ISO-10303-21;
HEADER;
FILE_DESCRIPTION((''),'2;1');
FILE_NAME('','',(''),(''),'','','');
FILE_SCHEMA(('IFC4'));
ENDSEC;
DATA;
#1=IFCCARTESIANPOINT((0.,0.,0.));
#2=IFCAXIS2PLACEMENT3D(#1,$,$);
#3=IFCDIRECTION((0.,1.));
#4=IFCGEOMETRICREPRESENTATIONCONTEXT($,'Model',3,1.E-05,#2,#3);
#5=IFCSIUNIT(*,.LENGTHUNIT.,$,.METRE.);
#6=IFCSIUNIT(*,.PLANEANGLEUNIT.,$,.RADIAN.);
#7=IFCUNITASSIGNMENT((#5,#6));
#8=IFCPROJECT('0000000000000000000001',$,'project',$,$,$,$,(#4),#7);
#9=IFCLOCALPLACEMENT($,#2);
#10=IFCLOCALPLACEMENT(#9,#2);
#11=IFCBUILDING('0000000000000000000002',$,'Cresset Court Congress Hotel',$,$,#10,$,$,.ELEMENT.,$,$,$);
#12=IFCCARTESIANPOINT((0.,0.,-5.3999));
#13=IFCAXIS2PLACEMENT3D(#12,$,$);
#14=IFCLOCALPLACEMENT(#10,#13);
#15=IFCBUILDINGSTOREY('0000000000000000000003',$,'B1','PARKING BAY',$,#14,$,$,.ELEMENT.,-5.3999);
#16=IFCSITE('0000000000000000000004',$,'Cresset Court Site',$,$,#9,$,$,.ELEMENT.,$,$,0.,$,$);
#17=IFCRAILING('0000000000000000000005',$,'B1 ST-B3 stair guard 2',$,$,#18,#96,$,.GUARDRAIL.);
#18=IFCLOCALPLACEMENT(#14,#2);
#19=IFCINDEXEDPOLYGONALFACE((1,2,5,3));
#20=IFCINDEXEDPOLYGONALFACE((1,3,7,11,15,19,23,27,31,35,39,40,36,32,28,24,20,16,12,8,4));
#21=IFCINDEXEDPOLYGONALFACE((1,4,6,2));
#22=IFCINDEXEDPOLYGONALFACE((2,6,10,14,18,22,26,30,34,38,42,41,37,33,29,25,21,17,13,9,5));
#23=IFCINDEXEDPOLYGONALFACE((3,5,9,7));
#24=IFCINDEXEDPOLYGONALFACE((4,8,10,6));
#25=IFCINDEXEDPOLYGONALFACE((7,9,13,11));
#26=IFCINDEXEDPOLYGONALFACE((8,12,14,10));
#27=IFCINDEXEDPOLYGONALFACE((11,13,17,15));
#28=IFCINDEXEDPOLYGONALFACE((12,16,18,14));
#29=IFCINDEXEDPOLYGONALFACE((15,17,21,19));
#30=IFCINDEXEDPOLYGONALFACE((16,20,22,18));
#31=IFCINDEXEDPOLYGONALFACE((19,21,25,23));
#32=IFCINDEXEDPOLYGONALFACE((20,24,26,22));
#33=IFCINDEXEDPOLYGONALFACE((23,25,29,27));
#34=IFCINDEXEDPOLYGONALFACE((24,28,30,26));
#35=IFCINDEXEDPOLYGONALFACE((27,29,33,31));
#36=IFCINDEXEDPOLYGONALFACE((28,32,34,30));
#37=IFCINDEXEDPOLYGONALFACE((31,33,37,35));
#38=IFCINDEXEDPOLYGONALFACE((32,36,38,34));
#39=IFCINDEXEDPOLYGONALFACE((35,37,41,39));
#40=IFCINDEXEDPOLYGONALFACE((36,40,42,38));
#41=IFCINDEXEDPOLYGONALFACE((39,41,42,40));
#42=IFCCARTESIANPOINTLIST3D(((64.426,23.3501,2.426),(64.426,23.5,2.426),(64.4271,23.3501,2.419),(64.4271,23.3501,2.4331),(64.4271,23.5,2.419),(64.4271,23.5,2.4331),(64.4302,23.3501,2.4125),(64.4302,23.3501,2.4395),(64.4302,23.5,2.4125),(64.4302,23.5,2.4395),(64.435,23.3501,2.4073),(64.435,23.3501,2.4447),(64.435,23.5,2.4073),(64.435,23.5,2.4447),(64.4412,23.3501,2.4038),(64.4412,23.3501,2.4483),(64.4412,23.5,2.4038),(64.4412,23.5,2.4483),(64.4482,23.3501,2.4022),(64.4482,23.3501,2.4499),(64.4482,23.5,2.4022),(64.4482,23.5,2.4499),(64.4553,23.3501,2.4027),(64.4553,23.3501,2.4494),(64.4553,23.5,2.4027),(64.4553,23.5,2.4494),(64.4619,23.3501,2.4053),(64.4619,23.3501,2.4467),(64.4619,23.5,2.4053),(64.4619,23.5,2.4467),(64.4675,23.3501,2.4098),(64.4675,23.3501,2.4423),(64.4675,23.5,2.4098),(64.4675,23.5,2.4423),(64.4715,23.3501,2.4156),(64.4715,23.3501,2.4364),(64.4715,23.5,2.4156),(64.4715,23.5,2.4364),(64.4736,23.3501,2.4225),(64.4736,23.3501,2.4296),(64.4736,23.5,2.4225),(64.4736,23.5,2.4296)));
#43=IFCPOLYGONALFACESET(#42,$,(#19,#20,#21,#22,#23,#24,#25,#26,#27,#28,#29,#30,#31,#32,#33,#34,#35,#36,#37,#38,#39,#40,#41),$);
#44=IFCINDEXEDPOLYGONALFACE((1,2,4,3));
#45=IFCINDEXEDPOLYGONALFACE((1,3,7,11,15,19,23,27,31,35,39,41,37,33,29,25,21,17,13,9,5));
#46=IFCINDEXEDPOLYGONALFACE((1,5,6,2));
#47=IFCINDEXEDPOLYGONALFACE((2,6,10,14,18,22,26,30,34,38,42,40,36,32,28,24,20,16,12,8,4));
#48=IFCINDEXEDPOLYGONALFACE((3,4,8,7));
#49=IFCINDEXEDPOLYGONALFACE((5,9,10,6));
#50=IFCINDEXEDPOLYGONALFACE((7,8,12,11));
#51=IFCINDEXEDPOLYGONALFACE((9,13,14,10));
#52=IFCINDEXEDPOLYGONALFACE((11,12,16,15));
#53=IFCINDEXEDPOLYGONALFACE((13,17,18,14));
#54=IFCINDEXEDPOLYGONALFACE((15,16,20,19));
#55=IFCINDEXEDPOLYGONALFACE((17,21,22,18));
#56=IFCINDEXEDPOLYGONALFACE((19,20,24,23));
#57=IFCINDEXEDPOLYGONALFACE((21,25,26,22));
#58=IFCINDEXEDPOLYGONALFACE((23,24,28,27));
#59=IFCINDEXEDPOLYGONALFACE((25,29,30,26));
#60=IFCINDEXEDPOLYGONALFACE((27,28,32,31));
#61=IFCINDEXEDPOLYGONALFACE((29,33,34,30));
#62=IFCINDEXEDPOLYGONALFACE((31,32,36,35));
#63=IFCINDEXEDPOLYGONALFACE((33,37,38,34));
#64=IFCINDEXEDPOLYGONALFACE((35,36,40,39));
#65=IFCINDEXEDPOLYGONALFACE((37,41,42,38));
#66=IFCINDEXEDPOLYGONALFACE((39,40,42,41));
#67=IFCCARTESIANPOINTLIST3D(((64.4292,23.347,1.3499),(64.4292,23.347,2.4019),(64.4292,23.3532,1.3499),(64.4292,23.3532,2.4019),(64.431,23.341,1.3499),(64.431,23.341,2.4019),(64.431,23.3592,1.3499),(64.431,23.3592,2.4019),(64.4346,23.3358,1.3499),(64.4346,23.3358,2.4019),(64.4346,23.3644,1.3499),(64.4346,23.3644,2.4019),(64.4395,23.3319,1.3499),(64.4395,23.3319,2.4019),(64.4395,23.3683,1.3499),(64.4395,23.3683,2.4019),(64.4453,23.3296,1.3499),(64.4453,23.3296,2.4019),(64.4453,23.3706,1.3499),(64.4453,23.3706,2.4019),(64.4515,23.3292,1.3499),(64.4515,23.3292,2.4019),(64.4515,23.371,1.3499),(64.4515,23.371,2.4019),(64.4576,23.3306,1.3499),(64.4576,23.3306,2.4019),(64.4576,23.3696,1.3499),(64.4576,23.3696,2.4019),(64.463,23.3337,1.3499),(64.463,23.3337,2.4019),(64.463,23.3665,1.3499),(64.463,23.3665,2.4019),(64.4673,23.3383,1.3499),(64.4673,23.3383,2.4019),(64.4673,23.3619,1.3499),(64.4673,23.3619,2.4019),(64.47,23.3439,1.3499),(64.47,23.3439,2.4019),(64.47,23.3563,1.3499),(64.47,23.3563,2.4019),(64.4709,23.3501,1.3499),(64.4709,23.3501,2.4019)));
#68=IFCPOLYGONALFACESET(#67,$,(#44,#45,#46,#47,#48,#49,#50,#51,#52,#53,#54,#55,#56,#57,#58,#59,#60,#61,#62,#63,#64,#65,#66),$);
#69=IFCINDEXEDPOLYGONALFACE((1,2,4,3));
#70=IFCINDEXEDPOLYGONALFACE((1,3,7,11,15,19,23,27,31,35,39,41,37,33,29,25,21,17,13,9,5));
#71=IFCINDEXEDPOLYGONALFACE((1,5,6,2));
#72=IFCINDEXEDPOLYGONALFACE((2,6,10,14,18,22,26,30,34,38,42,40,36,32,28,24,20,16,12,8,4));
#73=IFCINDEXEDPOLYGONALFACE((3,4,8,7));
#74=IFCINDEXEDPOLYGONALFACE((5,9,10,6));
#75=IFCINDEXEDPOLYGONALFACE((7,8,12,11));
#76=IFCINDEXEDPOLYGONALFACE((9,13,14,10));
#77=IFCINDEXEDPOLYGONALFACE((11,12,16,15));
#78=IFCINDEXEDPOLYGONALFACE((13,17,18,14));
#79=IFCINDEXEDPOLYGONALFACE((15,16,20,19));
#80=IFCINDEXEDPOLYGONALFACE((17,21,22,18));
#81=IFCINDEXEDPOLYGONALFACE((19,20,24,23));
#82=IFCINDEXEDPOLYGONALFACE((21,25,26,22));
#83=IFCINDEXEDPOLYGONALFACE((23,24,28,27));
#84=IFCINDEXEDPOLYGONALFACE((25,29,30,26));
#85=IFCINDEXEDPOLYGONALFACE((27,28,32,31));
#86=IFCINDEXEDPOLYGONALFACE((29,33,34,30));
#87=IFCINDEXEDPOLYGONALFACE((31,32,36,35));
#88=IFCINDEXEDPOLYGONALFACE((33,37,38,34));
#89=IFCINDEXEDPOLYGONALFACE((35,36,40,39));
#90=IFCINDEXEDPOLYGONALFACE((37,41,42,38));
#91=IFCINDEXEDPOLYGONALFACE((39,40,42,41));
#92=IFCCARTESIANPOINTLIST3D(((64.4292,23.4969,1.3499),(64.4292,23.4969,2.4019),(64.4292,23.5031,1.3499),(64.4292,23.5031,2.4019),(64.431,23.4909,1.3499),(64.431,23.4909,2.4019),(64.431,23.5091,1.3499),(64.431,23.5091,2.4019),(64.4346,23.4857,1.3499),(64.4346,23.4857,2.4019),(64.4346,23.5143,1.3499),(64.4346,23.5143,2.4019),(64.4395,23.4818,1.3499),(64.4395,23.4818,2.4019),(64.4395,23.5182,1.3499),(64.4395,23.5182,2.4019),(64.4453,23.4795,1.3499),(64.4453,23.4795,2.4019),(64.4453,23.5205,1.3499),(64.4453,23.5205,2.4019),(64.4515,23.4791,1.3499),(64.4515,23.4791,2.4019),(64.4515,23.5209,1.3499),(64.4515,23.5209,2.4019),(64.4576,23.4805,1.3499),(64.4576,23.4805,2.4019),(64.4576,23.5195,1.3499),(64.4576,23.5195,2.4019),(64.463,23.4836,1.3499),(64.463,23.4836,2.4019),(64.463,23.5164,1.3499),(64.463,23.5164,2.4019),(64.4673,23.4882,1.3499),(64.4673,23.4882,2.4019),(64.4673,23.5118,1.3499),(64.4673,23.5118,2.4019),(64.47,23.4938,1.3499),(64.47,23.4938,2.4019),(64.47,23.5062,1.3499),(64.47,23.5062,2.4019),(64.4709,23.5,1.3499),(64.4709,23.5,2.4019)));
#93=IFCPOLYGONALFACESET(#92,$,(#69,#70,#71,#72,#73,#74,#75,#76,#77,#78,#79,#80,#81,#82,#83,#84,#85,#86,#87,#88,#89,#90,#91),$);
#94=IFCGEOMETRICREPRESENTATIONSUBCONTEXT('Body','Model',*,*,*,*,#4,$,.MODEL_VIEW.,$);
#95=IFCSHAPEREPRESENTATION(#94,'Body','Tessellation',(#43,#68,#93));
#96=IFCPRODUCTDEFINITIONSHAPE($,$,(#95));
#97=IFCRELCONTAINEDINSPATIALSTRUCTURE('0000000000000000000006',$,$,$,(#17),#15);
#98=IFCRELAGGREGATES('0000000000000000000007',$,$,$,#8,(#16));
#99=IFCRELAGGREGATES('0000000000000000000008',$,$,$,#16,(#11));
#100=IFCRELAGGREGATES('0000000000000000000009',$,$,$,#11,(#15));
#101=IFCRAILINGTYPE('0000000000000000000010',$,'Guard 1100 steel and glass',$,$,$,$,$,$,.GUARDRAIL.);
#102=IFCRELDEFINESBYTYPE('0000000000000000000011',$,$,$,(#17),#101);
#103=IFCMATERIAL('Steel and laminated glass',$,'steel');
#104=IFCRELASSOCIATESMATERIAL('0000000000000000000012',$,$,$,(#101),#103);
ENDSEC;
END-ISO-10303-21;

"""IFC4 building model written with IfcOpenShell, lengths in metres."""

from ifc_helpers import new_model, si_unit, direction, frame, origin, origin_2d, place, context, subcontext, project, spatial, circle, extrude, material, type_object, element, save


model = new_model("IFC4")

# Units and contexts
model_context = context("Model", 3, precision=1e-05, world=origin(), true_north=direction((0.0, 1.0)))
body_context = subcontext(model_context, "Body", "Model", "MODEL_VIEW")
ifc_project = project(units=[si_unit("LENGTHUNIT", "METRE"), si_unit("PLANEANGLEUNIT", "RADIAN")], contexts=[model_context])

# Site, building, storey
site_placement = place(None, origin())
site = spatial("IfcSite", under=ifc_project, at=site_placement, Name="Cresset Court Site", CompositionType="ELEMENT", RefElevation=0.0)
building_placement = place(site_placement, origin())
building = spatial("IfcBuilding", under=site, at=building_placement, Name="Cresset Court Congress Hotel", CompositionType="ELEMENT")
storey_placement = place(building_placement, frame((0.0, 0.0, -5.3999)))
storey = spatial("IfcBuildingStorey", under=building, at=storey_placement, Name="B1", Description="PARKING BAY", CompositionType="ELEMENT", Elevation=-5.3999)

# Railing
ifc_material_1 = material(Name="Steel and laminated glass", Category="steel")
railing_type_1 = type_object("IfcRailingType", Name="Guard 1100 steel and glass", PredefinedType="GUARDRAIL", material=ifc_material_1)
railing_1_placement = place(storey_placement, frame((64.45, 23.3501, 1.3499)))
element("IfcRailing", 1, at=railing_1_placement, inside=storey, type_object=railing_type_1, Name="B1 ST-B3 stair guard 2", PredefinedType="GUARDRAIL", context=body_context, shape_type="SweptSolid", body=[
    extrude(circle(Radius=0.0239, at=origin_2d()), frame((0.0, 0.0, 1.0762), z_axis=(0.0, 1.0, 0.0), x_axis=(-1.0, 0.0, 0.0)), (0.0, 0.0, 1.0), 0.1499),
    extrude(circle(Radius=0.021, at=origin_2d()), origin(), (0.0, 0.0, 1.0), 1.052),
    extrude(circle(Radius=0.021, at=origin_2d()), frame((0.0, 0.1499, 0.0)), (0.0, 0.0, 1.0), 1.052),
])

save(model, "model.ifc")
